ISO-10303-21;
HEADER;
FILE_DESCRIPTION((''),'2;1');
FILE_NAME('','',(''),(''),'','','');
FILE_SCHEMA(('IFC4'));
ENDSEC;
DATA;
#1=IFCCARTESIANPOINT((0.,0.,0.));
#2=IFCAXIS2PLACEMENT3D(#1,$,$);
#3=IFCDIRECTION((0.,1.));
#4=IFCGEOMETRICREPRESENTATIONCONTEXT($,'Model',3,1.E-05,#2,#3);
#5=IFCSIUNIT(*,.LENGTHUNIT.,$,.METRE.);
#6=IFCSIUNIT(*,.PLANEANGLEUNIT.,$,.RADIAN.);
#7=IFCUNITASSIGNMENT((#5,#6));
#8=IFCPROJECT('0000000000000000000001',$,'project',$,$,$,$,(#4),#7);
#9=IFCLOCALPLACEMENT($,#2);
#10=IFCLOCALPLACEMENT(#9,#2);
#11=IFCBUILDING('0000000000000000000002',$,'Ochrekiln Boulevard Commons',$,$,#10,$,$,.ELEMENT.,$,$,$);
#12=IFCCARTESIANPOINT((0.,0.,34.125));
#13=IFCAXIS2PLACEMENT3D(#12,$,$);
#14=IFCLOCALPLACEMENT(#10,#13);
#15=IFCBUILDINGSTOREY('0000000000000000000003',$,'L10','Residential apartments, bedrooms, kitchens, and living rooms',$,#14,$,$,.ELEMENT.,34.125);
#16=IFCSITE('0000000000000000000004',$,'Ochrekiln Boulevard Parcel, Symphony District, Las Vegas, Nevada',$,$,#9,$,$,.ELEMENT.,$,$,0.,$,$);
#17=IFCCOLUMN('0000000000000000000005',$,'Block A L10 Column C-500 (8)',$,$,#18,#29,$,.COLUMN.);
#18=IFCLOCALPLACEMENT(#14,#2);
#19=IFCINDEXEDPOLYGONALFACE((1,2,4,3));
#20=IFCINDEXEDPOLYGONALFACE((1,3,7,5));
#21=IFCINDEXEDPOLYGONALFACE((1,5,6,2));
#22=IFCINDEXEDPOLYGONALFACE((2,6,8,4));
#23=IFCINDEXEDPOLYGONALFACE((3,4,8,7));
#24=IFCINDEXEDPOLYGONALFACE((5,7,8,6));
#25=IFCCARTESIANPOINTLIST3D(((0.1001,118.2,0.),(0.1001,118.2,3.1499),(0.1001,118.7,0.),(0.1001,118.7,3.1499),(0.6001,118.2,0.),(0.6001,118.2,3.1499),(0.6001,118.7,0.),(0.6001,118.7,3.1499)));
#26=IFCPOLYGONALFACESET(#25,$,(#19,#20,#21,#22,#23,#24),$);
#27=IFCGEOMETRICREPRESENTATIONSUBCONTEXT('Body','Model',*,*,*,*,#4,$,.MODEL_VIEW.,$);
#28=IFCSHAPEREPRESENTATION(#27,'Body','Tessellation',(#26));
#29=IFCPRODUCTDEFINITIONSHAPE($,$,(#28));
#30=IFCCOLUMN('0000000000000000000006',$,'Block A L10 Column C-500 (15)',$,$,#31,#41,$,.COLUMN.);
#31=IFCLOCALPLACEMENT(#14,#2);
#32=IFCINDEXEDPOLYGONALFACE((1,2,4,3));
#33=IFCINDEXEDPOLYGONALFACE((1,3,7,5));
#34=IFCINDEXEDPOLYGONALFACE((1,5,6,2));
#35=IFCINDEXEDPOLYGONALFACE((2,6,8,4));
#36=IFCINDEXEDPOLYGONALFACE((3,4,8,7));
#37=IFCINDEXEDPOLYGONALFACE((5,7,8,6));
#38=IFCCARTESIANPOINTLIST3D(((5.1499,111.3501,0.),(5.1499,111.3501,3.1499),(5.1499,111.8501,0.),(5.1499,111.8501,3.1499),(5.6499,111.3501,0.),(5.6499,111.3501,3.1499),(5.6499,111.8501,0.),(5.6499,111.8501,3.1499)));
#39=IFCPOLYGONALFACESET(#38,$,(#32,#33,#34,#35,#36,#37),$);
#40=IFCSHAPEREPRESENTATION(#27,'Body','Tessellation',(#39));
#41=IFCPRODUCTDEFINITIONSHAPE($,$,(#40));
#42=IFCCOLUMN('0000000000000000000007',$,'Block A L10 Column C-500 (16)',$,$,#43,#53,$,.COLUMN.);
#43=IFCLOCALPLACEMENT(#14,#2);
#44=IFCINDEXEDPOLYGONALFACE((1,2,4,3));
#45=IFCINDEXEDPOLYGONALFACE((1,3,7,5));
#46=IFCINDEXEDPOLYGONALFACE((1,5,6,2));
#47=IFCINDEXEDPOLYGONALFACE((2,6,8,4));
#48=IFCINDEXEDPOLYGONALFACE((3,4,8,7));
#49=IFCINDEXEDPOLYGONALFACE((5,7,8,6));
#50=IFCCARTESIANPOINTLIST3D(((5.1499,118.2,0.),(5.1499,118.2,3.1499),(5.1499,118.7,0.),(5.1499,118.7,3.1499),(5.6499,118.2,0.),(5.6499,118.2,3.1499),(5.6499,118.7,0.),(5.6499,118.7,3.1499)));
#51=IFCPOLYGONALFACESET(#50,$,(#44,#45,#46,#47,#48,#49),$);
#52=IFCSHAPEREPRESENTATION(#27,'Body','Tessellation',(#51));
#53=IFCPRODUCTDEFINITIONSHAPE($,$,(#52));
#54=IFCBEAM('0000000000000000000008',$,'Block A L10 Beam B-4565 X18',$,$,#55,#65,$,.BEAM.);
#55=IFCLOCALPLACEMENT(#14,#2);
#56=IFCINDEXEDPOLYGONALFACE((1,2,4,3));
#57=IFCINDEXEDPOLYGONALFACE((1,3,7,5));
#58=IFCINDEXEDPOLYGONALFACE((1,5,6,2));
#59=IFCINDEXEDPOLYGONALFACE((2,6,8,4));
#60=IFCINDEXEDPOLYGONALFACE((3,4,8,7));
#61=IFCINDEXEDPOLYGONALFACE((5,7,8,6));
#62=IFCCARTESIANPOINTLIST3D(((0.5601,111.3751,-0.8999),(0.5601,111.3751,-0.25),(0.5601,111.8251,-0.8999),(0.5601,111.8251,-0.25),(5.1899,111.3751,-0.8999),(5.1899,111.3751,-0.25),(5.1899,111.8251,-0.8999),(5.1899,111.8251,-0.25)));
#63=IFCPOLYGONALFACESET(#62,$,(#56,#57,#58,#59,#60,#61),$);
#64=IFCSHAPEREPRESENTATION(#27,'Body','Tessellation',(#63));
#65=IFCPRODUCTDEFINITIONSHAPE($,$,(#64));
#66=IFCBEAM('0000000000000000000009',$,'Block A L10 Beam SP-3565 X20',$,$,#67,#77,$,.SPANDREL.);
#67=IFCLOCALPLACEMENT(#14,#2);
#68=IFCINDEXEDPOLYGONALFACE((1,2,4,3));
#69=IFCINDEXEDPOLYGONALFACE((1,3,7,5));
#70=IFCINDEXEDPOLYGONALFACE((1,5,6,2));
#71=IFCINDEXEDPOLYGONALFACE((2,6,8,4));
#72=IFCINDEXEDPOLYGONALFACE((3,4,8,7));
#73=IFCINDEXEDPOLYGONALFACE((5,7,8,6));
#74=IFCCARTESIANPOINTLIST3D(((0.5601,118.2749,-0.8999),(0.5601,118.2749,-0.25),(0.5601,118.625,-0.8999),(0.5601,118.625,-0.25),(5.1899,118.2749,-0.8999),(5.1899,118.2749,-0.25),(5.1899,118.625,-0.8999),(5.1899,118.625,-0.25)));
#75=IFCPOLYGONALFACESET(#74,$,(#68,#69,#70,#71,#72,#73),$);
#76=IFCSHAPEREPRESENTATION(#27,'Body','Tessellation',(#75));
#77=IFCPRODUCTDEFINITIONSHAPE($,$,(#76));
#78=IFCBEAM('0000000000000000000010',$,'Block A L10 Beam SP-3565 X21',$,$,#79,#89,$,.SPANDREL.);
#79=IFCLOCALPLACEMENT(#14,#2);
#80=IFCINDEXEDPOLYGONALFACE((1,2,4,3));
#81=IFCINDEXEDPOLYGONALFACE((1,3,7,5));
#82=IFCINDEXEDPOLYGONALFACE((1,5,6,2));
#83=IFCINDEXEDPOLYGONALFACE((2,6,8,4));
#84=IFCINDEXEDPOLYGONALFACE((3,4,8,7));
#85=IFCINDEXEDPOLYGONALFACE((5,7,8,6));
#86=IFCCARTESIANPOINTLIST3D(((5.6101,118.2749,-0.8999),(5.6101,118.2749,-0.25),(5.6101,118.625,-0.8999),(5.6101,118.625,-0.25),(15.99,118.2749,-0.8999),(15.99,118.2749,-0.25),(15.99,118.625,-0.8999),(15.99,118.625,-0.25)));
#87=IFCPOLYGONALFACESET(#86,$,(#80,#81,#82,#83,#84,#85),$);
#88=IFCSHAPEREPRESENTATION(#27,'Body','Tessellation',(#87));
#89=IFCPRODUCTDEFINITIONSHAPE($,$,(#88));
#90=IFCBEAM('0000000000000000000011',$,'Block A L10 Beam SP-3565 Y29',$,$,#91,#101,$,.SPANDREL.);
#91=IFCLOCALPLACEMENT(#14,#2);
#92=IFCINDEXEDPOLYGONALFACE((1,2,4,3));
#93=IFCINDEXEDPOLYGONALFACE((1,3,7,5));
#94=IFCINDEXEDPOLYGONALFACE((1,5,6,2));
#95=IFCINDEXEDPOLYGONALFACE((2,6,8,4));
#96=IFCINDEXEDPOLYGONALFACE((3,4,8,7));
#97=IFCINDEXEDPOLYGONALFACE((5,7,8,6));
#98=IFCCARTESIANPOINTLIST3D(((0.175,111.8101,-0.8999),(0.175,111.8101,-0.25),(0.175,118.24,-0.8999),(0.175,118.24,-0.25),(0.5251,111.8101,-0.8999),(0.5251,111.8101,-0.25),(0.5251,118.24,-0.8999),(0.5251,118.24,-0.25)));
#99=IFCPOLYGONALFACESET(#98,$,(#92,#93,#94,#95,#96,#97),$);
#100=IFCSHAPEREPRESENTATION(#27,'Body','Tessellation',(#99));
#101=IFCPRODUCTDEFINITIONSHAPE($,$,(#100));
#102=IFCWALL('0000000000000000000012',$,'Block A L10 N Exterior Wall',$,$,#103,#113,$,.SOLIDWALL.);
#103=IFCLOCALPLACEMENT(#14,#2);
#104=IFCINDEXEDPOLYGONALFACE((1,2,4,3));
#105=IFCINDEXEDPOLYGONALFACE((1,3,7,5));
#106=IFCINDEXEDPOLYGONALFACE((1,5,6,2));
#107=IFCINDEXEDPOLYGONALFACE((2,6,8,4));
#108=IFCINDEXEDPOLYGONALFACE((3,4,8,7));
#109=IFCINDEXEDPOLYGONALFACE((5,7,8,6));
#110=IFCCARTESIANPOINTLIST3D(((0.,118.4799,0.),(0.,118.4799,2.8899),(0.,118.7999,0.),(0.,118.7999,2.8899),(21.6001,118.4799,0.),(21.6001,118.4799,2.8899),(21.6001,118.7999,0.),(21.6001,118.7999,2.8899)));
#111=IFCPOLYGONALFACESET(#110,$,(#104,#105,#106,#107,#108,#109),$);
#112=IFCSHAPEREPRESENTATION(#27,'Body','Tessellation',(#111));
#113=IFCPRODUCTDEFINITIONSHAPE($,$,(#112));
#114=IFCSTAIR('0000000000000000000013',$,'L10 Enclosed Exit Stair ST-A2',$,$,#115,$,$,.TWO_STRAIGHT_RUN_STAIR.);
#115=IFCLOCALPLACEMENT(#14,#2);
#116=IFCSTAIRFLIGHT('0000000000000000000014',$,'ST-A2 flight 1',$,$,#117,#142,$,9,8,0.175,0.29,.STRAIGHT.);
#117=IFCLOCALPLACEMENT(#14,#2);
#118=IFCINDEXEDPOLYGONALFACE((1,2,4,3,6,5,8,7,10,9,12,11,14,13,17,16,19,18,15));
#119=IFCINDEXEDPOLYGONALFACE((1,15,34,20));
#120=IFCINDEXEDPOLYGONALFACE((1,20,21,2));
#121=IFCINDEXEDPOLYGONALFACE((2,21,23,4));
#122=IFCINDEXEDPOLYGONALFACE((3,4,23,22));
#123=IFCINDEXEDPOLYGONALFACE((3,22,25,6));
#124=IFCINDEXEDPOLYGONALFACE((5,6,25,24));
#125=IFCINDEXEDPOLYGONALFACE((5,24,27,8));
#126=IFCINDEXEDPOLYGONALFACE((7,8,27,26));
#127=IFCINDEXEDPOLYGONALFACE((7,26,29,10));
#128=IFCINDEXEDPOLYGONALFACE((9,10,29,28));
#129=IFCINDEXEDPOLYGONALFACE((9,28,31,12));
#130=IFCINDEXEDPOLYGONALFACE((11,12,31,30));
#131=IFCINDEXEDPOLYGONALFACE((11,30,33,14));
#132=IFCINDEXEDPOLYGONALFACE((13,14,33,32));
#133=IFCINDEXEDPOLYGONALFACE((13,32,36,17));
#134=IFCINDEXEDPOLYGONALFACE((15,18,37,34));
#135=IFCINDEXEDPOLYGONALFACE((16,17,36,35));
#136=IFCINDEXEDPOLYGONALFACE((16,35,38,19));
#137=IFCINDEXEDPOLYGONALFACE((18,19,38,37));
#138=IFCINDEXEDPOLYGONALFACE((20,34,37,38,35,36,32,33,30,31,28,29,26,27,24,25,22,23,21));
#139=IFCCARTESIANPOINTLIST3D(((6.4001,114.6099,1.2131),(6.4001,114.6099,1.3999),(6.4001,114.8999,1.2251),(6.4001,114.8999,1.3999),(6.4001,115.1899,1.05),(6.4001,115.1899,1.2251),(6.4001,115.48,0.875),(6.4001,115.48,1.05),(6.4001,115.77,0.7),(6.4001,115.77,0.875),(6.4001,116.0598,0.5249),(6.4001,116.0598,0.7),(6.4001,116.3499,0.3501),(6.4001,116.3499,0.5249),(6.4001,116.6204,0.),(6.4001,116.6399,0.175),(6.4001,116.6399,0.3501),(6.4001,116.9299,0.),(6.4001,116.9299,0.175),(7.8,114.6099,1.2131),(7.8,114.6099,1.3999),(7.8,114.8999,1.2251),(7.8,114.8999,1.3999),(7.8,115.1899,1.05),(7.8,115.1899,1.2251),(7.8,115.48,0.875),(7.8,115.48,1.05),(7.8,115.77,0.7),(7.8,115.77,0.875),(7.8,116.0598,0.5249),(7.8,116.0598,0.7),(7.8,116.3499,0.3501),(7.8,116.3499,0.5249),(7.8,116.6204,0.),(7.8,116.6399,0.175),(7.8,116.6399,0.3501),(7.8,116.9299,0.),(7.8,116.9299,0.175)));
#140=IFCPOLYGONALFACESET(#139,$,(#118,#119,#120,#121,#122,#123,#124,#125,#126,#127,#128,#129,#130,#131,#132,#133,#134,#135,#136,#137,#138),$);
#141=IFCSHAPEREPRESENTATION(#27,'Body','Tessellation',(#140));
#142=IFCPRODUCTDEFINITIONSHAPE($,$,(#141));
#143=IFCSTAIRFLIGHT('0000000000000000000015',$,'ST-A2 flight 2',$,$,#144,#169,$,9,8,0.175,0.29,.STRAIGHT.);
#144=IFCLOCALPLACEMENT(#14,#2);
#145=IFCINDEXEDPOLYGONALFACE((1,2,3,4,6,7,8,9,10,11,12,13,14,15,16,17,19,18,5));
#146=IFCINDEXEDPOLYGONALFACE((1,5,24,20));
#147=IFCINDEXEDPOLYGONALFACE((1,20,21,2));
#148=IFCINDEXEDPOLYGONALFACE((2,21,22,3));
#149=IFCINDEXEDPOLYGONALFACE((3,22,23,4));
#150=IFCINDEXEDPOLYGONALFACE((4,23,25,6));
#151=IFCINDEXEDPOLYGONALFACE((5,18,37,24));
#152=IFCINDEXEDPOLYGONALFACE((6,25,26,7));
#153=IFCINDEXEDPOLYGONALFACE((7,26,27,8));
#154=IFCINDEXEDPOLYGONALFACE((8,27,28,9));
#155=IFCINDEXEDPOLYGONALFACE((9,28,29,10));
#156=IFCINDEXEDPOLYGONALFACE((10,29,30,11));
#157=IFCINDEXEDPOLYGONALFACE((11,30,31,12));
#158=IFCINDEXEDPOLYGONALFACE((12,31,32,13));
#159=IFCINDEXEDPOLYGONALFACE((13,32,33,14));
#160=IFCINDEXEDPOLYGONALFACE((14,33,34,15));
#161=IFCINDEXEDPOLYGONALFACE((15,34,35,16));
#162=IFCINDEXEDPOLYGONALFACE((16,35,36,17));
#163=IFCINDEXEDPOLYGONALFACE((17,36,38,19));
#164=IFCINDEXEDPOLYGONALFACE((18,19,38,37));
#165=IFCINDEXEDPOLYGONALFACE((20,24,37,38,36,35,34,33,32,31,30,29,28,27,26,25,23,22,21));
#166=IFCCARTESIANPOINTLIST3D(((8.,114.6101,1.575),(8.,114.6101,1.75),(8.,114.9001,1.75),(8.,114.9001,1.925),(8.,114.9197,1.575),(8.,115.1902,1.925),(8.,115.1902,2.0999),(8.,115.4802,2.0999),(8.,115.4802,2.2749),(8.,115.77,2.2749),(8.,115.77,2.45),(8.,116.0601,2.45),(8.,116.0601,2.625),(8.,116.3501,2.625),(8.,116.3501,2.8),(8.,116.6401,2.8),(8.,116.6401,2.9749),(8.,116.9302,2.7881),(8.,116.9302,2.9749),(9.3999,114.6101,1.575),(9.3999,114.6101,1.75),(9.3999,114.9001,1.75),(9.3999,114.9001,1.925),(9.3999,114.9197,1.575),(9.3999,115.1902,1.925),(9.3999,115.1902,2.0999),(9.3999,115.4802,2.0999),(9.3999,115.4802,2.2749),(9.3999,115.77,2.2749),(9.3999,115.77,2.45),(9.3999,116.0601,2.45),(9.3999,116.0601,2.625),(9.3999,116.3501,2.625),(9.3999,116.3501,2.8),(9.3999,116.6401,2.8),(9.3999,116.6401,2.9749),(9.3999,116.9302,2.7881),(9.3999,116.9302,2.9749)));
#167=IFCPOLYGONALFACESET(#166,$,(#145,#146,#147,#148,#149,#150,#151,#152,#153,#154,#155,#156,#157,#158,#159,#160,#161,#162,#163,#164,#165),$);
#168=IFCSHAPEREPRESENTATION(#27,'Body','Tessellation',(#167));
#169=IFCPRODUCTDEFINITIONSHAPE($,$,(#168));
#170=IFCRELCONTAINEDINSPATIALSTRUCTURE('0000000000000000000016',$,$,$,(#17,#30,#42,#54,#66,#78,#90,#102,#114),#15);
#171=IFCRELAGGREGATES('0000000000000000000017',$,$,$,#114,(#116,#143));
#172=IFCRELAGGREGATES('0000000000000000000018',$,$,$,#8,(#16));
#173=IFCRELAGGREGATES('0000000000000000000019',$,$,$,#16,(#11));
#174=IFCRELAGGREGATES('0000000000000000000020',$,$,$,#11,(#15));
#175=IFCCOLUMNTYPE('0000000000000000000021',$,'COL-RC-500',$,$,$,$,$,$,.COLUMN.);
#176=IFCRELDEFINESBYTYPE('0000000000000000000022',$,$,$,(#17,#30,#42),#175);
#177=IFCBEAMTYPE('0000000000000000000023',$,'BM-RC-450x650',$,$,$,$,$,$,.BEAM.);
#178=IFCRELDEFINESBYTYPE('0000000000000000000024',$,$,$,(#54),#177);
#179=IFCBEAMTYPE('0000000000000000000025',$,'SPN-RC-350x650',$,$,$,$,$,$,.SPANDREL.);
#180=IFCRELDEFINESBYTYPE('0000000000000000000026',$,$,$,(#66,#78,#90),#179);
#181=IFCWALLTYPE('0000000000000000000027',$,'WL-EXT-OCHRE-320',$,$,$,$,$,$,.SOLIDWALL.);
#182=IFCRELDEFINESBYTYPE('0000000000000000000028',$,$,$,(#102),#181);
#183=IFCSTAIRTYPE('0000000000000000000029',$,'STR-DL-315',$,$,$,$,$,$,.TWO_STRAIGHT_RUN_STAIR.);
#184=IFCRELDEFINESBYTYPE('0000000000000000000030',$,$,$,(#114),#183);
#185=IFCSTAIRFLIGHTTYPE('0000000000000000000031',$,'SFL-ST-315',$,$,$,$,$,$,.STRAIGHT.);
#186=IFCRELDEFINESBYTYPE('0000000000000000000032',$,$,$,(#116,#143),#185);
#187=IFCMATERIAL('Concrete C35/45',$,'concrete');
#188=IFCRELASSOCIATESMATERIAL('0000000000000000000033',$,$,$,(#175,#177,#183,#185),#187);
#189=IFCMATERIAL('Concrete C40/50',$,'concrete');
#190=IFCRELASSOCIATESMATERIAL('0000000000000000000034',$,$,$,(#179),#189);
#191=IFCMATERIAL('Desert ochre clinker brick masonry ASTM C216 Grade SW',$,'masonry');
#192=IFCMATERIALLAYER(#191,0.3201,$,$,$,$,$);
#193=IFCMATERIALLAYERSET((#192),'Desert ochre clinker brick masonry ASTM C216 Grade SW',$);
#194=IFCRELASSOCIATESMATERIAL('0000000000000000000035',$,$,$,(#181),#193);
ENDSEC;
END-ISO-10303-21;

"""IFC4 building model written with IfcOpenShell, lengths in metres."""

from ifc_helpers import new_model, si_unit, direction, frame, frame_2d, origin, origin_2d, place, context, subcontext, project, spatial, polyline, rectangle, outline, extrude, material, layer, layer_set, material_profile, profile_set, type_object, element, aggregate, save


model = new_model("IFC4")

# Units and contexts
model_context = context("Model", 3, precision=1e-05, world=origin(), true_north=direction((0.0, 1.0)))
body_context = subcontext(model_context, "Body", "Model", "MODEL_VIEW")
ifc_project = project(units=[si_unit("LENGTHUNIT", "METRE"), si_unit("PLANEANGLEUNIT", "RADIAN")], contexts=[model_context])

# Site, building, storey
site_placement = place(None, origin())
site = spatial("IfcSite", under=ifc_project, at=site_placement, Name="Ochrekiln Boulevard Parcel, Symphony District, Las Vegas, Nevada", CompositionType="ELEMENT", RefElevation=0.0)
building_placement = place(site_placement, origin())
building = spatial("IfcBuilding", under=site, at=building_placement, Name="Ochrekiln Boulevard Commons", CompositionType="ELEMENT")
storey_placement = place(building_placement, frame((0.0, 0.0, 34.125)))
storey = spatial("IfcBuildingStorey", under=building, at=storey_placement, Name="L10", Description="Residential apartments, bedrooms, kitchens, and living rooms", CompositionType="ELEMENT", Elevation=34.125)

# Columns
ifc_material_1 = material(Name="Concrete C35/45", Category="concrete")
ifc_material_profile_1 = material_profile(ifc_material_1, rectangle(XDim=0.5, YDim=0.5, at=origin_2d()), Name="RC-COL-500x500")
ifc_profile_set_1 = profile_set([ifc_material_profile_1], Name="Concrete C35/45")
column_type = type_object("IfcColumnType", Name="COL-RC-500", PredefinedType="COLUMN", material=ifc_profile_set_1)
for number, where, z_axis, x_axis, name in (
    (1, (0.3501, 118.45, 0.0), (0.0, 0.0, 1.0), (1.0, 0.0, 0.0), "Block A L10 Column C-500 (8)"),
    (2, (5.3999, 111.6001, 0.0), (0.0, 0.0, 1.0), (1.0, 0.0, 0.0), "Block A L10 Column C-500 (15)"),
    (3, (5.3999, 118.45, 0.0), (0.0, 0.0, 1.0), (1.0, 0.0, 0.0), "Block A L10 Column C-500 (16)"),
):
    element("IfcColumn", number, at=place(storey_placement, frame(where, z_axis=z_axis, x_axis=x_axis)), inside=storey, type_object=column_type, Name=name, PredefinedType="COLUMN", context=body_context, shape_type="SweptSolid", body=[
        extrude(rectangle(XDim=0.5, YDim=0.5, at=origin_2d()), origin(), (0.0, 0.0, 1.0), 3.1499),
    ])

# Beams
ifc_material_profile_2 = material_profile(ifc_material_1, rectangle(XDim=0.45, YDim=0.6499, at=origin_2d()), Name="RC-BM-450x650")
ifc_profile_set_2 = profile_set([ifc_material_profile_2], Name="Concrete C35/45")
beam_type_1 = type_object("IfcBeamType", Name="BM-RC-450x650", PredefinedType="BEAM", material=ifc_profile_set_2)
beam_1_placement = place(storey_placement, frame((0.5601, 111.6001, -0.575), z_axis=(1.0, 0.0, 0.0), x_axis=(0.0, 1.0, 0.0)))
element("IfcBeam", 4, at=beam_1_placement, inside=storey, type_object=beam_type_1, Name="Block A L10 Beam B-4565 X18", PredefinedType="BEAM", context=body_context, shape_type="SweptSolid", body=[
    extrude(rectangle(XDim=0.45, YDim=0.6499, at=origin_2d()), origin(), (0.0, 0.0, 1.0), 4.6299),
])
ifc_material_2 = material(Name="Concrete C40/50", Category="concrete")
ifc_material_profile_3 = material_profile(ifc_material_2, rectangle(XDim=0.3501, YDim=0.6499, at=origin_2d()), Name="RC-SPN-350x650")
ifc_profile_set_3 = profile_set([ifc_material_profile_3], Name="Concrete C40/50")
beam_type_2 = type_object("IfcBeamType", Name="SPN-RC-350x650", PredefinedType="SPANDREL", material=ifc_profile_set_3)
beam_2_placement = place(storey_placement, frame((0.5601, 118.45, -0.575), z_axis=(1.0, 0.0, 0.0), x_axis=(0.0, 1.0, 0.0)))
element("IfcBeam", 5, at=beam_2_placement, inside=storey, type_object=beam_type_2, Name="Block A L10 Beam SP-3565 X20", PredefinedType="SPANDREL", context=body_context, shape_type="SweptSolid", body=[
    extrude(rectangle(XDim=0.3501, YDim=0.6499, at=origin_2d()), origin(), (0.0, 0.0, 1.0), 4.6299),
])
beam_3_placement = place(storey_placement, frame((5.6101, 118.45, -0.575), z_axis=(1.0, 0.0, 0.0), x_axis=(0.0, 1.0, 0.0)))
element("IfcBeam", 6, at=beam_3_placement, inside=storey, type_object=beam_type_2, Name="Block A L10 Beam SP-3565 X21", PredefinedType="SPANDREL", context=body_context, shape_type="SweptSolid", body=[
    extrude(rectangle(XDim=0.3501, YDim=0.6499, at=origin_2d()), origin(), (0.0, 0.0, 1.0), 10.3799),
])
beam_4_placement = place(storey_placement, frame((0.3501, 111.8101, -0.575), z_axis=(0.0, 1.0, 0.0), x_axis=(-1.0, 0.0, 0.0)))
element("IfcBeam", 7, at=beam_4_placement, inside=storey, type_object=beam_type_2, Name="Block A L10 Beam SP-3565 Y29", PredefinedType="SPANDREL", context=body_context, shape_type="SweptSolid", body=[
    extrude(rectangle(XDim=0.3501, YDim=0.6499, at=origin_2d()), origin(), (0.0, 0.0, 1.0), 6.4299),
])

# Wall
ifc_material_3 = material(Name="Desert ochre clinker brick masonry ASTM C216 Grade SW", Category="masonry")
ifc_layer_1 = layer(ifc_material_3, 0.3201)
ifc_layer_set_1 = layer_set([ifc_layer_1], Name="Desert ochre clinker brick masonry ASTM C216 Grade SW")
wall_type_1 = type_object("IfcWallType", Name="WL-EXT-OCHRE-320", PredefinedType="SOLIDWALL", material=ifc_layer_set_1)
wall_1_placement = place(storey_placement, frame((0.0, 118.6399, 0.0), z_axis=(0.0, 0.0, 1.0), x_axis=(1.0, 0.0, 0.0)))
element("IfcWall", 8, at=wall_1_placement, inside=storey, type_object=wall_type_1, Name="Block A L10 N Exterior Wall", PredefinedType="SOLIDWALL", context=body_context, shape_type="SweptSolid", body=[
    extrude(rectangle(XDim=21.6001, YDim=0.3201, at=frame_2d((10.8, 0.0))), origin(), (0.0, 0.0, 1.0), 2.8899),
])

# Stair, stair flights
stair_type = type_object("IfcStairType", Name="STR-DL-315", PredefinedType="TWO_STRAIGHT_RUN_STAIR", material=ifc_material_1)
stair_placement = place(storey_placement, origin())
stair = element("IfcStair", 9, at=stair_placement, inside=storey, type_object=stair_type, Name="L10 Enclosed Exit Stair ST-A2", PredefinedType="TWO_STRAIGHT_RUN_STAIR")
stair_flight_type = type_object("IfcStairFlightType", Name="SFL-ST-315", PredefinedType="STRAIGHT", material=ifc_material_1)
stair_flight_1_placement = place(storey_placement, frame((7.1001, 116.9299, 0.0), z_axis=(0.0, 0.0, 1.0), x_axis=(0.0, -1.0, 0.0)))
stair_flight_1 = element("IfcStairFlight", 10, at=stair_flight_1_placement, type_object=stair_flight_type, Name="ST-A2 flight 1", NumberOfRisers=9, NumberOfTreads=8, PredefinedType="STRAIGHT", RiserHeight=0.175, TreadLength=0.29, context=body_context, shape_type="SweptSolid", body=[
    extrude(outline(polyline([(0.0, 0.0), (0.0, 0.175), (0.29, 0.175), (0.29, 0.3501), (0.5801, 0.3501), (0.5801, 0.5249), (0.8701, 0.5249), (0.8701, 0.7), (1.1599, 0.7), (1.1599, 0.875), (1.45, 0.875), (1.45, 1.05), (1.74, 1.05), (1.74, 1.2251), (2.03, 1.2251), (2.03, 1.3999), (2.3201, 1.3999), (2.3201, 1.575), (2.3201, 1.2131), (0.3096, 0.0), (0.0, 0.0)])), frame((0.0, 0.7, 0.0), z_axis=(0.0, -1.0, 0.0), x_axis=(1.0, 0.0, 0.0)), (0.0, 0.0, 1.0), 1.3999),
])
stair_flight_2_placement = place(storey_placement, frame((8.7, 114.6101, 1.575), z_axis=(0.0, 0.0, 1.0), x_axis=(0.0, 1.0, 0.0)))
stair_flight_2 = element("IfcStairFlight", 11, at=stair_flight_2_placement, type_object=stair_flight_type, Name="ST-A2 flight 2", NumberOfRisers=9, NumberOfTreads=8, PredefinedType="STRAIGHT", RiserHeight=0.175, TreadLength=0.29, context=body_context, shape_type="SweptSolid", body=[
    extrude(outline(polyline([(0.0, 0.0), (0.0, 0.175), (0.29, 0.175), (0.29, 0.3501), (0.5801, 0.3501), (0.5801, 0.5249), (0.8701, 0.5249), (0.8701, 0.7), (1.1599, 0.7), (1.1599, 0.875), (1.45, 0.875), (1.45, 1.05), (1.74, 1.05), (1.74, 1.2251), (2.03, 1.2251), (2.03, 1.3999), (2.3201, 1.3999), (2.3201, 1.575), (2.3201, 1.2131), (0.3096, 0.0), (0.0, 0.0)])), frame((0.0, 0.7, 0.0), z_axis=(0.0, -1.0, 0.0), x_axis=(1.0, 0.0, 0.0)), (0.0, 0.0, 1.0), 1.3999),
])
aggregate(stair, [stair_flight_1, stair_flight_2])

save(model, "model.ifc")
